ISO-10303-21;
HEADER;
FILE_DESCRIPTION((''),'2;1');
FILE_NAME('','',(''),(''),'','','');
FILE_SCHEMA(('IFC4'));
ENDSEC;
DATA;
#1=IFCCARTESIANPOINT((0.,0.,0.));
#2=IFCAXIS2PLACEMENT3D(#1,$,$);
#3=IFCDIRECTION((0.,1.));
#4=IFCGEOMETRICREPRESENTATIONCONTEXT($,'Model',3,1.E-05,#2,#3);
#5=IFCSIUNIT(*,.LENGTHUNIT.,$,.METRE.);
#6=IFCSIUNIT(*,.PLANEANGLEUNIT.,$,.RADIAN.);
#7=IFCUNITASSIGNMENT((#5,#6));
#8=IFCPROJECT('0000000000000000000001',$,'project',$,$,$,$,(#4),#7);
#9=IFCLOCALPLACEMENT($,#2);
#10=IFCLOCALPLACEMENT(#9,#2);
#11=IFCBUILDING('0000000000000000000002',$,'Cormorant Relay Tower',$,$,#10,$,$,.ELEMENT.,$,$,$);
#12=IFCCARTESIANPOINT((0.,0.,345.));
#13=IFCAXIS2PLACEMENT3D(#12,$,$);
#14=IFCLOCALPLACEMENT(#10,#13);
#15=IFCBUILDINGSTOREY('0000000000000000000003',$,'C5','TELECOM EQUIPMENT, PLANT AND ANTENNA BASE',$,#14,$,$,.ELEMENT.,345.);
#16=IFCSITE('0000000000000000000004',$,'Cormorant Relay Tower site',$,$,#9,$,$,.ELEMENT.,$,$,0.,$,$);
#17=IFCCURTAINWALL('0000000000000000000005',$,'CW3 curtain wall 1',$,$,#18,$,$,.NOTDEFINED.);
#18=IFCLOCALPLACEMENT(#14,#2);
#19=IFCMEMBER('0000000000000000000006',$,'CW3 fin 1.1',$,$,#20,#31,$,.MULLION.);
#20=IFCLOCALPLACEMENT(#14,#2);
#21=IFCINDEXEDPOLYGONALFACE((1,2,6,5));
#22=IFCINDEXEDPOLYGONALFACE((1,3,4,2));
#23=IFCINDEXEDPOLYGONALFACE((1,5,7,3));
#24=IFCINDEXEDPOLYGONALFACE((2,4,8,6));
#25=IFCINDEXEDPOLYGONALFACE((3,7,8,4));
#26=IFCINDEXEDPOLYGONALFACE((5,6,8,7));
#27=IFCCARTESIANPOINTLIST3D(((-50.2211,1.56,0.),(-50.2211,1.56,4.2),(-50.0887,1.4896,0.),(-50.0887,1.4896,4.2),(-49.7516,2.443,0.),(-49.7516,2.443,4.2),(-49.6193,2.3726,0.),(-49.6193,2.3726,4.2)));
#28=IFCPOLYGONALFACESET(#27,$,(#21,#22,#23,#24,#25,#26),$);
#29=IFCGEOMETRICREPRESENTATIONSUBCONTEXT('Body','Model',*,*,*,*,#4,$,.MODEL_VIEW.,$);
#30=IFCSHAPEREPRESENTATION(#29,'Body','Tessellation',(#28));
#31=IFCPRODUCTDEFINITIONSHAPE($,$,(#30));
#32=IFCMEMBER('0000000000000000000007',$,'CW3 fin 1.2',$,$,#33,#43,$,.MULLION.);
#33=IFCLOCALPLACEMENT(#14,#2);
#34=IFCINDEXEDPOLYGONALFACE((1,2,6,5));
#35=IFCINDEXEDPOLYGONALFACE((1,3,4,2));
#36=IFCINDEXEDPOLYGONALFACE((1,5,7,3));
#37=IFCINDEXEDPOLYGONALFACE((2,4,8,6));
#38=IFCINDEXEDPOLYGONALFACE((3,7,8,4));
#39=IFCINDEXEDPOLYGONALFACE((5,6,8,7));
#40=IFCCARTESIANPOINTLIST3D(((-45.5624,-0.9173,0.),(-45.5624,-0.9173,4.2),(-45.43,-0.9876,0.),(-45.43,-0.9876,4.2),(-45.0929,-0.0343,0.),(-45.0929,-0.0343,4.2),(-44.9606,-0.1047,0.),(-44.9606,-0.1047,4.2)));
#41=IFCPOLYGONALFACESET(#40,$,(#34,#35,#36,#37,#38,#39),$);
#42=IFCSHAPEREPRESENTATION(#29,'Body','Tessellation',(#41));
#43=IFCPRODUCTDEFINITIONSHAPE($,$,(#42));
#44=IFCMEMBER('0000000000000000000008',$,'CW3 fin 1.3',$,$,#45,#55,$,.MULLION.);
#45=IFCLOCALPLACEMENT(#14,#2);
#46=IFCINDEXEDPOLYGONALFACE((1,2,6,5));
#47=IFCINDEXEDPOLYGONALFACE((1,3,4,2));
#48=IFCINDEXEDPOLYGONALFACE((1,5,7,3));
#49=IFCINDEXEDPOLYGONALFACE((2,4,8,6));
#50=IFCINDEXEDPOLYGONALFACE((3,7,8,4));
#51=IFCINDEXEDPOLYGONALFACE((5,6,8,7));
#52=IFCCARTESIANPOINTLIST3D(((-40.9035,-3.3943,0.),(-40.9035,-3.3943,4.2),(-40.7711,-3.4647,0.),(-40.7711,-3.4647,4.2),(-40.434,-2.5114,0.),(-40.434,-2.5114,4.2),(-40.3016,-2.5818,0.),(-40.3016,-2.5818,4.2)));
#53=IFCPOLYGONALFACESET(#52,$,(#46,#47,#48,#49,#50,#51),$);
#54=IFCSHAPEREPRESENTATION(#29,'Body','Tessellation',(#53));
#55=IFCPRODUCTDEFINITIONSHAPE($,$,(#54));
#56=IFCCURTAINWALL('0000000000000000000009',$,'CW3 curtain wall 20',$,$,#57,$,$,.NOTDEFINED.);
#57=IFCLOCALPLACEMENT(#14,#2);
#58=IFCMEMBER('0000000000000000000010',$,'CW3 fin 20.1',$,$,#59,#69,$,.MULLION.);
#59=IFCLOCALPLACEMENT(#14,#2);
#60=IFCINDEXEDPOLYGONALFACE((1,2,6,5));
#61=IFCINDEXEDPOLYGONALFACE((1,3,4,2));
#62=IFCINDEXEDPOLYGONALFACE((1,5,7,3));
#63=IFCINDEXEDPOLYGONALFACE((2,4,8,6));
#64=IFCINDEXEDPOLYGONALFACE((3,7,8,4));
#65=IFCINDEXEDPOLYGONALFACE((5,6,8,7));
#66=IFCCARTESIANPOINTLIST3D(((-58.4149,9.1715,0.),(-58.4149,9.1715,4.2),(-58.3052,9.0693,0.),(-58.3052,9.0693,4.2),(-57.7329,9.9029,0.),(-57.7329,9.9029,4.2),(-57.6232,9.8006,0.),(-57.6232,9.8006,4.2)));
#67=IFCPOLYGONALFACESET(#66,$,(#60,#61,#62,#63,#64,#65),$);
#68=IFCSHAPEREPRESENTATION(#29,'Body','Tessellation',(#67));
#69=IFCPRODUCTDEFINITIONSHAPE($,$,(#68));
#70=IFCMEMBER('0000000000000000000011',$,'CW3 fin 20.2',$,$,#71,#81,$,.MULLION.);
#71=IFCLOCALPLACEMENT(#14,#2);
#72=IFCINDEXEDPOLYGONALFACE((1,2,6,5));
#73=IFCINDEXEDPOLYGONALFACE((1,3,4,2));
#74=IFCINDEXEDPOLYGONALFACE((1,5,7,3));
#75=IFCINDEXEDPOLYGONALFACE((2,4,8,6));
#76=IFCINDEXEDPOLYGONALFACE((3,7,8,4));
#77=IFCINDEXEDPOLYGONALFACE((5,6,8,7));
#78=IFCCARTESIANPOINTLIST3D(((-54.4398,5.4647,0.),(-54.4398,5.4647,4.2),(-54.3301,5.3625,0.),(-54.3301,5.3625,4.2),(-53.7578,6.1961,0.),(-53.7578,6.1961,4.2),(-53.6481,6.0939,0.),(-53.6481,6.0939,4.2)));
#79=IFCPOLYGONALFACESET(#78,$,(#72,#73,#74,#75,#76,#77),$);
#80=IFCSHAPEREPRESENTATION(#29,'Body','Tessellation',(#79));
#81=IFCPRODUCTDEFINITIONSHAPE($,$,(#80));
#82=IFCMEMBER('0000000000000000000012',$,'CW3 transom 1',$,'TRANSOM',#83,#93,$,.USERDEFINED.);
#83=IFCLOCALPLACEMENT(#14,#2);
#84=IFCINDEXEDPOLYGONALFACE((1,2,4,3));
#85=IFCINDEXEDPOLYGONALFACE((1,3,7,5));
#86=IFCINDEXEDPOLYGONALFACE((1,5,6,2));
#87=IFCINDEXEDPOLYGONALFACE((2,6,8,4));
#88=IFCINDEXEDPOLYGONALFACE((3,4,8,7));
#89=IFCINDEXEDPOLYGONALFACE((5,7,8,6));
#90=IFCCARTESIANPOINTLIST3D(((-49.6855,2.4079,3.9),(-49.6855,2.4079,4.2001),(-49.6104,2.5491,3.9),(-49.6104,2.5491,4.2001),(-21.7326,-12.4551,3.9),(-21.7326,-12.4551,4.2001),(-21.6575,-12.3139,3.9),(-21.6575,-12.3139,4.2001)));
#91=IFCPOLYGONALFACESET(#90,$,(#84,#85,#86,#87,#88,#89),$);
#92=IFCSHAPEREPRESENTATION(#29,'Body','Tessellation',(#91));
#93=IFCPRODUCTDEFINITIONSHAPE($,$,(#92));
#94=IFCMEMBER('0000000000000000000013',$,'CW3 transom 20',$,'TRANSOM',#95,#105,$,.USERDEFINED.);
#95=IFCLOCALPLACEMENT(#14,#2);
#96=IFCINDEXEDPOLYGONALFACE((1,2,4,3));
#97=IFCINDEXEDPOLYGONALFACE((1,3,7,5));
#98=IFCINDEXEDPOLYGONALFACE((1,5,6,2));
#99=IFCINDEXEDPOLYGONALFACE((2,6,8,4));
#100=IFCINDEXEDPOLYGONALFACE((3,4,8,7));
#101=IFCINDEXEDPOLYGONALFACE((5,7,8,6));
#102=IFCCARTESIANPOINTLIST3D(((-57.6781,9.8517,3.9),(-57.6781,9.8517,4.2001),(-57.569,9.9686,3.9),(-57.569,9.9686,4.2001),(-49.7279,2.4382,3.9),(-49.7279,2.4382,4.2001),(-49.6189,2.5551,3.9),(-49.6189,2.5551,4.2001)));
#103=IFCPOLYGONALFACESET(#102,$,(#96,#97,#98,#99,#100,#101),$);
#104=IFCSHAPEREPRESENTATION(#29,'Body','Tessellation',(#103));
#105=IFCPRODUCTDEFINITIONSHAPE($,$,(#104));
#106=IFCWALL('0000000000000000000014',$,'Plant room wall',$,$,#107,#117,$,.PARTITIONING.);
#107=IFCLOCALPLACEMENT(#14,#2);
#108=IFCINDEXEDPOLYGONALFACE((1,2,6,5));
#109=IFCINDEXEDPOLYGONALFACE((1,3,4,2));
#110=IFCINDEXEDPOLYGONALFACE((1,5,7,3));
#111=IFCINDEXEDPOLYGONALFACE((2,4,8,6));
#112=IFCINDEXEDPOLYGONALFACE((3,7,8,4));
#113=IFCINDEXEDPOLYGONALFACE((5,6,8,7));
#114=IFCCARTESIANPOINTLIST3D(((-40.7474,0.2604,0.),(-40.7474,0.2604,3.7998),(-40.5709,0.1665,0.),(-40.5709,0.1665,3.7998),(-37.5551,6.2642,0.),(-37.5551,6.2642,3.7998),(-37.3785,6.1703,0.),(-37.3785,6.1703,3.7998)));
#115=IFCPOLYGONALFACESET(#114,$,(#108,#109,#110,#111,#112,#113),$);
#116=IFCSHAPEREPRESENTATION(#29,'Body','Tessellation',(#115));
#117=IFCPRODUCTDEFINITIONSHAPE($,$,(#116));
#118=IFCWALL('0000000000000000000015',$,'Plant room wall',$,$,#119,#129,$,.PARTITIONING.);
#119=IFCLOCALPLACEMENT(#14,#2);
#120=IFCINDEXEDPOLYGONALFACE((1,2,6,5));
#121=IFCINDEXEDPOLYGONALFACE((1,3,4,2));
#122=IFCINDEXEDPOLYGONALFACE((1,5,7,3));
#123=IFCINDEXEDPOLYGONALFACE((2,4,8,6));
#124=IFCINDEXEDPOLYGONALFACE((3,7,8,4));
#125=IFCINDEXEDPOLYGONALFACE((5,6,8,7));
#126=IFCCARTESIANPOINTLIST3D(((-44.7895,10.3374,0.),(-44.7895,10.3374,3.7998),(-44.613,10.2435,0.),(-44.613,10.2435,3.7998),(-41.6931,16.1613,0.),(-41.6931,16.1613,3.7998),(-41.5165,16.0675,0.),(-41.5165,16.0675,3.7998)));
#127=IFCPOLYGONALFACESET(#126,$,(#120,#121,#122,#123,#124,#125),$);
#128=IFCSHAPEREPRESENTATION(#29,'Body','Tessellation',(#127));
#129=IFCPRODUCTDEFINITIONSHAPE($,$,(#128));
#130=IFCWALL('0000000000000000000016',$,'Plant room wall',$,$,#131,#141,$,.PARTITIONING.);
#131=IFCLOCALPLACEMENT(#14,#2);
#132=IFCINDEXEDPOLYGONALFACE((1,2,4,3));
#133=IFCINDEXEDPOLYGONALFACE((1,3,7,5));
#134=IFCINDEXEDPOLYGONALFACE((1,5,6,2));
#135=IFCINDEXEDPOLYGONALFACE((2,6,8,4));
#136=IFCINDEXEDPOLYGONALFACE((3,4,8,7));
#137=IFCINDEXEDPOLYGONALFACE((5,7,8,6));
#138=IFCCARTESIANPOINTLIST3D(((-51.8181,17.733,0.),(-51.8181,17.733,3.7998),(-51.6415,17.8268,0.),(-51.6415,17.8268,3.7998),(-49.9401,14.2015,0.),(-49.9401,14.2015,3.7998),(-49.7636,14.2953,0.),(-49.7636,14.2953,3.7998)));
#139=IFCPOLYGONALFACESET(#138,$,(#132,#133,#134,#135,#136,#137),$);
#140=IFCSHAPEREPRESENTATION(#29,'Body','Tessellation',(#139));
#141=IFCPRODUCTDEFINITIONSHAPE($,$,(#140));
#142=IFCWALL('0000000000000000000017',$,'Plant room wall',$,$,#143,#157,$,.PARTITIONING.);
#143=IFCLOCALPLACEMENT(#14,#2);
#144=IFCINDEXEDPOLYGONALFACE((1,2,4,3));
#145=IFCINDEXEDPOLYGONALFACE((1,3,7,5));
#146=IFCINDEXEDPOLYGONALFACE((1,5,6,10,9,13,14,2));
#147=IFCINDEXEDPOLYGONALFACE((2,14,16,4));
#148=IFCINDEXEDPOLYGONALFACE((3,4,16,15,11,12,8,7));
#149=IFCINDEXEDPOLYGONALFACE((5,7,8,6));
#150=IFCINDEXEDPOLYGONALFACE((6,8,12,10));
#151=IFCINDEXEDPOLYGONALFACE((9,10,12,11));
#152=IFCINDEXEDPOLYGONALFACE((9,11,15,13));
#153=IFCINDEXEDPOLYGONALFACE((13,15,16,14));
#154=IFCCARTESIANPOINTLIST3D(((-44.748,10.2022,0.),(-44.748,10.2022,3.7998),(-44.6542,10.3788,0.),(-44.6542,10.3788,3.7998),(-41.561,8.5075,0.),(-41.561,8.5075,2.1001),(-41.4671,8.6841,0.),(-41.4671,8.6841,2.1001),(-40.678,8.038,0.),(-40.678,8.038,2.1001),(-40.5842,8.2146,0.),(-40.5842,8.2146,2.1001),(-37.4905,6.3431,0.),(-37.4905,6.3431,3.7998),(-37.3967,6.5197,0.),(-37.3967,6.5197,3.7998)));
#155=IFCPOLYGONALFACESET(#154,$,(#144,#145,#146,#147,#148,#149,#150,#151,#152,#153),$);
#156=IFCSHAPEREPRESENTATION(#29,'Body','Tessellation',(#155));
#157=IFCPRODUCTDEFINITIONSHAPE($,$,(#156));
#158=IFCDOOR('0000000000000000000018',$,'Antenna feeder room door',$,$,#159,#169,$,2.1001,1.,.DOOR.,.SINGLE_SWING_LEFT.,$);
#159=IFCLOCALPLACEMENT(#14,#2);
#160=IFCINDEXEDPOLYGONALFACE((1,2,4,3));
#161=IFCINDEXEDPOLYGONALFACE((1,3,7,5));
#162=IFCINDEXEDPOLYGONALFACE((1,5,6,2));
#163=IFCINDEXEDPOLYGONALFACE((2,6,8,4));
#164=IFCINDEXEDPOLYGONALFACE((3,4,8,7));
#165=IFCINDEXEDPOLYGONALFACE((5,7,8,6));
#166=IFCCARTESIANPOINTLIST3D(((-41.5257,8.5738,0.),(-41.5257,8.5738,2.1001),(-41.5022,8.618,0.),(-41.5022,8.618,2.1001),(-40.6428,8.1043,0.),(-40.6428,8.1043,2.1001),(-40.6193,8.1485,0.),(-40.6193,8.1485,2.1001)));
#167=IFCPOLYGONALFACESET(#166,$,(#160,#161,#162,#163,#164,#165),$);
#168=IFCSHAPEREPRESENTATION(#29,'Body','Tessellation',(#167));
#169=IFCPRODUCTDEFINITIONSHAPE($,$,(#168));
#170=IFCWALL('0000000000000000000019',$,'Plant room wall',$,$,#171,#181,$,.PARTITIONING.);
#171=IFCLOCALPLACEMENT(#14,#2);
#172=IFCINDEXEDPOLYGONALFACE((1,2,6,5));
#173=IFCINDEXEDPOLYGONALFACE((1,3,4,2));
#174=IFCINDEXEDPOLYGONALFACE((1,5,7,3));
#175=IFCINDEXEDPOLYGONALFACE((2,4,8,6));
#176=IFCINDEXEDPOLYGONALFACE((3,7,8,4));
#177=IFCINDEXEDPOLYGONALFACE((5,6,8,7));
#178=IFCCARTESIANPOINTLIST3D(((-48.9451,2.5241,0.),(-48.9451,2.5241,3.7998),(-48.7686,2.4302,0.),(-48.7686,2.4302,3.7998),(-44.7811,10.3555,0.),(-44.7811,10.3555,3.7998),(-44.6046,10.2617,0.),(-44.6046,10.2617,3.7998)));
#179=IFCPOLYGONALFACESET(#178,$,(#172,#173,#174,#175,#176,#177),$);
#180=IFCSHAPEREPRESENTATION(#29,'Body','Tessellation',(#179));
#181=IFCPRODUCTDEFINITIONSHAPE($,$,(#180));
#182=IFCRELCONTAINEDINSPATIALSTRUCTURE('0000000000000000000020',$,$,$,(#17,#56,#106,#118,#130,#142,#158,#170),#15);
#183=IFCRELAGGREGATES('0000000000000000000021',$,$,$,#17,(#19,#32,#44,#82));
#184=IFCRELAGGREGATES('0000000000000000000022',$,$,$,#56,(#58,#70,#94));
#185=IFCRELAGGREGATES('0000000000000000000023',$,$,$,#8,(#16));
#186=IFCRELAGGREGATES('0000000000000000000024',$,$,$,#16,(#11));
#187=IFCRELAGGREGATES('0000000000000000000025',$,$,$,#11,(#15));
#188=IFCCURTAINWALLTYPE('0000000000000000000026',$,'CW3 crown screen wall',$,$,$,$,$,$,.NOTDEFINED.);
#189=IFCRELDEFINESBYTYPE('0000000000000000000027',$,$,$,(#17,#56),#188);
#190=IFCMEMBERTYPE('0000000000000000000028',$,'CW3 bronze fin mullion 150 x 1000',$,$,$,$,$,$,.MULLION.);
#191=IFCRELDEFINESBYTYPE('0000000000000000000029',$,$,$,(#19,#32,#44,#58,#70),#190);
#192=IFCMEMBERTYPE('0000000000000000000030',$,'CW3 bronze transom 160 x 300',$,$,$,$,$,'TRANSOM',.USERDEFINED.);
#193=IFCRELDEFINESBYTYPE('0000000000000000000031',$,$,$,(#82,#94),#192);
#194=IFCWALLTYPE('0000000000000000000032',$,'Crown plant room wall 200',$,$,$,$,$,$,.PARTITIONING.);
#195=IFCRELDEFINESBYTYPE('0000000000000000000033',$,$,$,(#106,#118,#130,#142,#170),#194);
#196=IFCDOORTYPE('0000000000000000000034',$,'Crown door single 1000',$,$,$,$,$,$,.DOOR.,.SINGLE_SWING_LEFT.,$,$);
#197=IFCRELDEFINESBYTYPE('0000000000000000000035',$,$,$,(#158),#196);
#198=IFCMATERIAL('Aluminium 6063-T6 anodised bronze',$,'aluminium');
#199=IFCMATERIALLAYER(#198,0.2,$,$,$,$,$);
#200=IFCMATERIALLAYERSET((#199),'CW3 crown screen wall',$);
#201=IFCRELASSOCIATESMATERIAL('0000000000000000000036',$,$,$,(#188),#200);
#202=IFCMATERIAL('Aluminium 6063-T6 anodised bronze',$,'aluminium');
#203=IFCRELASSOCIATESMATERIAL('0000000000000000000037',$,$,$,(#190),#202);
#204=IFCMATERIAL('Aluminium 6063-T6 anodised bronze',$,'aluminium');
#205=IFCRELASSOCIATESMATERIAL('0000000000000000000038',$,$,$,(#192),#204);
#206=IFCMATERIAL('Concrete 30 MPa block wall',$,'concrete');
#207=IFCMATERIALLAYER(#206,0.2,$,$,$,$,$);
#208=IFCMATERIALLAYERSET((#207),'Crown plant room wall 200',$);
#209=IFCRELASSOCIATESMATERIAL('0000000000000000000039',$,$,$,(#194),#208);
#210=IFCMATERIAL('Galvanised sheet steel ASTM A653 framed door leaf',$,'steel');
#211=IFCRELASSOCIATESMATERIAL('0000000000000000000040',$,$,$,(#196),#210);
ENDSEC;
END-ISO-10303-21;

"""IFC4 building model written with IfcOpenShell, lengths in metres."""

from ifc_helpers import new_model, si_unit, direction, frame, frame_2d, origin, origin_2d, place, context, subcontext, project, spatial, rectangle, extrude, material, layer, layer_set, material_profile, profile_set, type_object, element, fill, aggregate, save


model = new_model("IFC4")

# Units and contexts
model_context = context("Model", 3, precision=1e-05, world=origin(), true_north=direction((0.0, 1.0)))
body_context = subcontext(model_context, "Body", "Model", "MODEL_VIEW")
ifc_project = project(units=[si_unit("LENGTHUNIT", "METRE"), si_unit("PLANEANGLEUNIT", "RADIAN")], contexts=[model_context])

# Site, building, storey
site_placement = place(None, origin())
site = spatial("IfcSite", under=ifc_project, at=site_placement, Name="Cormorant Relay Tower site", CompositionType="ELEMENT", RefElevation=0.0)
building_placement = place(site_placement, origin())
building = spatial("IfcBuilding", under=site, at=building_placement, Name="Cormorant Relay Tower", CompositionType="ELEMENT")
storey_placement = place(building_placement, frame((0.0, 0.0, 345.0)))
storey = spatial("IfcBuildingStorey", under=building, at=storey_placement, Name="C5", Description="TELECOM EQUIPMENT, PLANT AND ANTENNA BASE", CompositionType="ELEMENT", Elevation=345.0)

# Curtain walls, members
ifc_material_1 = material(Name="Aluminium 6063-T6 anodised bronze", Category="aluminium")
ifc_layer_1 = layer(ifc_material_1, 0.2)
ifc_layer_set_1 = layer_set([ifc_layer_1], Name="CW3 crown screen wall")
curtain_wall_type = type_object("IfcCurtainWallType", Name="CW3 crown screen wall", PredefinedType="NOTDEFINED", material=ifc_layer_set_1)
curtain_wall_1_placement = place(storey_placement, origin())
curtain_wall_1 = element("IfcCurtainWall", 1, at=curtain_wall_1_placement, inside=storey, type_object=curtain_wall_type, Name="CW3 curtain wall 1", PredefinedType="NOTDEFINED")
ifc_material_2 = material(Name="Aluminium 6063-T6 anodised bronze", Category="aluminium")
ifc_material_profile_1 = material_profile(ifc_material_2, rectangle(XDim=0.1499, YDim=1.0, at=origin_2d()), Name="AL 150x1000")
ifc_profile_set_1 = profile_set([ifc_material_profile_1], Name="Aluminium 6063-T6 anodised bronze")
member_type_1 = type_object("IfcMemberType", Name="CW3 bronze fin mullion 150 x 1000", PredefinedType="MULLION", material=ifc_profile_set_1)
member_1_placement = place(storey_placement, frame((-49.9202, 1.9663, 0.0), z_axis=(0.0, 0.0, 1.0), x_axis=(0.882948, -0.469472, 0.0)))
member_1 = element("IfcMember", 2, at=member_1_placement, type_object=member_type_1, Name="CW3 fin 1.1", PredefinedType="MULLION", context=body_context, shape_type="SweptSolid", body=[
    extrude(rectangle(XDim=0.1499, YDim=1.0, at=origin_2d()), origin(), (0.0, 0.0, 1.0), 4.2),
])
member_2_placement = place(storey_placement, frame((-45.2615, -0.511, 0.0), z_axis=(0.0, 0.0, 1.0), x_axis=(0.882948, -0.469472, 0.0)))
member_2 = element("IfcMember", 3, at=member_2_placement, type_object=member_type_1, Name="CW3 fin 1.2", PredefinedType="MULLION", context=body_context, shape_type="SweptSolid", body=[
    extrude(rectangle(XDim=0.1499, YDim=1.0, at=origin_2d()), origin(), (0.0, 0.0, 1.0), 4.2),
])
member_3_placement = place(storey_placement, frame((-40.6025, -2.988, 0.0), z_axis=(0.0, 0.0, 1.0), x_axis=(0.882948, -0.469472, 0.0)))
member_3 = element("IfcMember", 4, at=member_3_placement, type_object=member_type_1, Name="CW3 fin 1.3", PredefinedType="MULLION", context=body_context, shape_type="SweptSolid", body=[
    extrude(rectangle(XDim=0.1499, YDim=1.0, at=origin_2d()), origin(), (0.0, 0.0, 1.0), 4.2),
])
curtain_wall_2_placement = place(storey_placement, origin())
curtain_wall_2 = element("IfcCurtainWall", 5, at=curtain_wall_2_placement, inside=storey, type_object=curtain_wall_type, Name="CW3 curtain wall 20", PredefinedType="NOTDEFINED")
member_4_placement = place(storey_placement, frame((-58.019, 9.4861, 0.0), z_axis=(0.0, 0.0, 1.0), x_axis=(0.731354, -0.681998, 0.0)))
member_4 = element("IfcMember", 6, at=member_4_placement, type_object=member_type_1, Name="CW3 fin 20.1", PredefinedType="MULLION", context=body_context, shape_type="SweptSolid", body=[
    extrude(rectangle(XDim=0.1499, YDim=1.0, at=origin_2d()), origin(), (0.0, 0.0, 1.0), 4.2),
])
member_5_placement = place(storey_placement, frame((-54.0439, 5.7793, 0.0), z_axis=(0.0, 0.0, 1.0), x_axis=(0.731354, -0.681998, 0.0)))
member_5 = element("IfcMember", 7, at=member_5_placement, type_object=member_type_1, Name="CW3 fin 20.2", PredefinedType="MULLION", context=body_context, shape_type="SweptSolid", body=[
    extrude(rectangle(XDim=0.1499, YDim=1.0, at=origin_2d()), origin(), (0.0, 0.0, 1.0), 4.2),
])

# Members
ifc_material_3 = material(Name="Aluminium 6063-T6 anodised bronze", Category="aluminium")
ifc_material_profile_2 = material_profile(ifc_material_3, rectangle(XDim=0.1599, YDim=0.3, at=origin_2d()), Name="AL 160x300")
ifc_profile_set_2 = profile_set([ifc_material_profile_2], Name="Aluminium 6063-T6 anodised bronze")
member_type_2 = type_object("IfcMemberType", Name="CW3 bronze transom 160 x 300", ElementType="TRANSOM", PredefinedType="USERDEFINED", material=ifc_profile_set_2)
member_6_placement = place(storey_placement, frame((-49.6479, 2.4785, 4.05), z_axis=(0.882945, -0.469477, 0.0), x_axis=(0.469477, 0.882945, 0.0)))
member_6 = element("IfcMember", 8, at=member_6_placement, type_object=member_type_2, Name="CW3 transom 1", ObjectType="TRANSOM", PredefinedType="USERDEFINED", context=body_context, shape_type="SweptSolid", body=[
    extrude(rectangle(XDim=0.1599, YDim=0.3, at=origin_2d()), origin(), (0.0, 0.0, 1.0), 31.6587),
])
member_7_placement = place(storey_placement, frame((-57.6235, 9.9102, 4.05), z_axis=(0.731358, -0.681993, 0.0), x_axis=(0.681993, 0.731358, 0.0)))
member_7 = element("IfcMember", 9, at=member_7_placement, type_object=member_type_2, Name="CW3 transom 20", ObjectType="TRANSOM", PredefinedType="USERDEFINED", context=body_context, shape_type="SweptSolid", body=[
    extrude(rectangle(XDim=0.1599, YDim=0.3, at=origin_2d()), origin(), (0.0, 0.0, 1.0), 10.8704),
])

# Walls
ifc_material_4 = material(Name="Concrete 30 MPa block wall", Category="concrete")
ifc_layer_2 = layer(ifc_material_4, 0.2)
ifc_layer_set_2 = layer_set([ifc_layer_2], Name="Crown plant room wall 200")
wall_type_1 = type_object("IfcWallType", Name="Crown plant room wall 200", PredefinedType="PARTITIONING", material=ifc_layer_set_2)
wall_1_placement = place(storey_placement, frame((-37.4668, 6.2173, 0.0), z_axis=(0.0, 0.0, 1.0), x_axis=(-0.469477, -0.882945, 0.0)))
element("IfcWall", 10, at=wall_1_placement, inside=storey, type_object=wall_type_1, Name="Plant room wall", PredefinedType="PARTITIONING", context=body_context, shape_type="SweptSolid", body=[
    extrude(rectangle(XDim=6.7998, YDim=0.2, at=frame_2d((3.3999, 0.0))), origin(), (0.0, 0.0, 1.0), 3.7998),
])
wall_2_placement = place(storey_placement, frame((-44.7012, 10.2905, 0.0), z_axis=(0.0, 0.0, 1.0), x_axis=(0.469445, 0.882962, 0.0)))
element("IfcWall", 11, at=wall_2_placement, inside=storey, type_object=wall_type_1, Name="Plant room wall", PredefinedType="PARTITIONING", context=body_context, shape_type="SweptSolid", body=[
    extrude(rectangle(XDim=6.5959, YDim=0.2, at=frame_2d((3.2979, 0.0))), origin(), (0.0, 0.0, 1.0), 3.7998),
])
wall_3_placement = place(storey_placement, frame((-49.8518, 14.2483, 0.0), z_axis=(0.0, 0.0, 1.0), x_axis=(-0.469511, 0.882927, 0.0)))
element("IfcWall", 12, at=wall_3_placement, inside=storey, type_object=wall_type_1, Name="Plant room wall", PredefinedType="PARTITIONING", context=body_context, shape_type="SweptSolid", body=[
    extrude(rectangle(XDim=3.9998, YDim=0.2, at=frame_2d((2.0, 0.0))), origin(), (0.0, 0.0, 1.0), 3.7998),
])

# Wall, opening, door
wall_4_placement = place(storey_placement, frame((-37.4436, 6.4314, 0.0), z_axis=(0.0, 0.0, 1.0), x_axis=(-0.882937, 0.469492, 0.0)))
wall_4 = element("IfcWall", 13, at=wall_4_placement, inside=storey, type_object=wall_type_1, Name="Plant room wall", PredefinedType="PARTITIONING", context=body_context, shape_type="SweptSolid", body=[
    extrude(rectangle(XDim=8.2197, YDim=0.2, at=frame_2d((4.1099, 0.0))), origin(), (0.0, 0.0, 1.0), 3.7998),
])
opening_1_placement = place(wall_4_placement, frame((3.6101, 0.0, 0.0)))
opening_1 = element("IfcOpeningElement", 14, at=opening_1_placement, cuts=wall_4, PredefinedType="OPENING", context=body_context, shape_type="SweptSolid", body=[
    extrude(rectangle(XDim=1.0, YDim=2.1001, at=frame_2d((0.5, 1.05))), frame((0.0, 0.1099, 0.0), z_axis=(0.0, -1.0, 0.0), x_axis=(1.0, 0.0, 0.0)), (0.0, 0.0, 1.0), 0.22),
])
ifc_material_5 = material(Name="Galvanised sheet steel ASTM A653 framed door leaf", Category="steel")
door_type_1 = type_object("IfcDoorType", Name="Crown door single 1000", OperationType="SINGLE_SWING_LEFT", PredefinedType="DOOR", material=ifc_material_5)
door_1_placement = place(opening_1_placement, origin())
door_1 = element("IfcDoor", 15, at=door_1_placement, inside=storey, type_object=door_type_1, Name="Antenna feeder room door", OperationType="SINGLE_SWING_LEFT", OverallHeight=2.1001, OverallWidth=1.0, PredefinedType="DOOR", context=body_context, shape_type="SweptSolid", body=[
    extrude(rectangle(XDim=1.0, YDim=2.1001, at=frame_2d((0.5, 1.05))), frame((0.0, 0.0249, 0.0), z_axis=(0.0, -1.0, 0.0), x_axis=(1.0, 0.0, 0.0)), (0.0, 0.0, 1.0), 0.05),
])
fill(opening_1, door_1)

# Wall
wall_5_placement = place(storey_placement, frame((-44.6929, 10.3086, 0.0), z_axis=(0.0, 0.0, 1.0), x_axis=(-0.469468, -0.88295, 0.0)))
element("IfcWall", 16, at=wall_5_placement, inside=storey, type_object=wall_type_1, Name="Plant room wall", PredefinedType="PARTITIONING", context=body_context, shape_type="SweptSolid", body=[
    extrude(rectangle(XDim=8.8696, YDim=0.2, at=frame_2d((4.4348, 0.0))), origin(), (0.0, 0.0, 1.0), 3.7998),
])

aggregate(curtain_wall_1, [member_1, member_2, member_3, member_6])

aggregate(curtain_wall_2, [member_4, member_5, member_7])

save(model, "model.ifc")
